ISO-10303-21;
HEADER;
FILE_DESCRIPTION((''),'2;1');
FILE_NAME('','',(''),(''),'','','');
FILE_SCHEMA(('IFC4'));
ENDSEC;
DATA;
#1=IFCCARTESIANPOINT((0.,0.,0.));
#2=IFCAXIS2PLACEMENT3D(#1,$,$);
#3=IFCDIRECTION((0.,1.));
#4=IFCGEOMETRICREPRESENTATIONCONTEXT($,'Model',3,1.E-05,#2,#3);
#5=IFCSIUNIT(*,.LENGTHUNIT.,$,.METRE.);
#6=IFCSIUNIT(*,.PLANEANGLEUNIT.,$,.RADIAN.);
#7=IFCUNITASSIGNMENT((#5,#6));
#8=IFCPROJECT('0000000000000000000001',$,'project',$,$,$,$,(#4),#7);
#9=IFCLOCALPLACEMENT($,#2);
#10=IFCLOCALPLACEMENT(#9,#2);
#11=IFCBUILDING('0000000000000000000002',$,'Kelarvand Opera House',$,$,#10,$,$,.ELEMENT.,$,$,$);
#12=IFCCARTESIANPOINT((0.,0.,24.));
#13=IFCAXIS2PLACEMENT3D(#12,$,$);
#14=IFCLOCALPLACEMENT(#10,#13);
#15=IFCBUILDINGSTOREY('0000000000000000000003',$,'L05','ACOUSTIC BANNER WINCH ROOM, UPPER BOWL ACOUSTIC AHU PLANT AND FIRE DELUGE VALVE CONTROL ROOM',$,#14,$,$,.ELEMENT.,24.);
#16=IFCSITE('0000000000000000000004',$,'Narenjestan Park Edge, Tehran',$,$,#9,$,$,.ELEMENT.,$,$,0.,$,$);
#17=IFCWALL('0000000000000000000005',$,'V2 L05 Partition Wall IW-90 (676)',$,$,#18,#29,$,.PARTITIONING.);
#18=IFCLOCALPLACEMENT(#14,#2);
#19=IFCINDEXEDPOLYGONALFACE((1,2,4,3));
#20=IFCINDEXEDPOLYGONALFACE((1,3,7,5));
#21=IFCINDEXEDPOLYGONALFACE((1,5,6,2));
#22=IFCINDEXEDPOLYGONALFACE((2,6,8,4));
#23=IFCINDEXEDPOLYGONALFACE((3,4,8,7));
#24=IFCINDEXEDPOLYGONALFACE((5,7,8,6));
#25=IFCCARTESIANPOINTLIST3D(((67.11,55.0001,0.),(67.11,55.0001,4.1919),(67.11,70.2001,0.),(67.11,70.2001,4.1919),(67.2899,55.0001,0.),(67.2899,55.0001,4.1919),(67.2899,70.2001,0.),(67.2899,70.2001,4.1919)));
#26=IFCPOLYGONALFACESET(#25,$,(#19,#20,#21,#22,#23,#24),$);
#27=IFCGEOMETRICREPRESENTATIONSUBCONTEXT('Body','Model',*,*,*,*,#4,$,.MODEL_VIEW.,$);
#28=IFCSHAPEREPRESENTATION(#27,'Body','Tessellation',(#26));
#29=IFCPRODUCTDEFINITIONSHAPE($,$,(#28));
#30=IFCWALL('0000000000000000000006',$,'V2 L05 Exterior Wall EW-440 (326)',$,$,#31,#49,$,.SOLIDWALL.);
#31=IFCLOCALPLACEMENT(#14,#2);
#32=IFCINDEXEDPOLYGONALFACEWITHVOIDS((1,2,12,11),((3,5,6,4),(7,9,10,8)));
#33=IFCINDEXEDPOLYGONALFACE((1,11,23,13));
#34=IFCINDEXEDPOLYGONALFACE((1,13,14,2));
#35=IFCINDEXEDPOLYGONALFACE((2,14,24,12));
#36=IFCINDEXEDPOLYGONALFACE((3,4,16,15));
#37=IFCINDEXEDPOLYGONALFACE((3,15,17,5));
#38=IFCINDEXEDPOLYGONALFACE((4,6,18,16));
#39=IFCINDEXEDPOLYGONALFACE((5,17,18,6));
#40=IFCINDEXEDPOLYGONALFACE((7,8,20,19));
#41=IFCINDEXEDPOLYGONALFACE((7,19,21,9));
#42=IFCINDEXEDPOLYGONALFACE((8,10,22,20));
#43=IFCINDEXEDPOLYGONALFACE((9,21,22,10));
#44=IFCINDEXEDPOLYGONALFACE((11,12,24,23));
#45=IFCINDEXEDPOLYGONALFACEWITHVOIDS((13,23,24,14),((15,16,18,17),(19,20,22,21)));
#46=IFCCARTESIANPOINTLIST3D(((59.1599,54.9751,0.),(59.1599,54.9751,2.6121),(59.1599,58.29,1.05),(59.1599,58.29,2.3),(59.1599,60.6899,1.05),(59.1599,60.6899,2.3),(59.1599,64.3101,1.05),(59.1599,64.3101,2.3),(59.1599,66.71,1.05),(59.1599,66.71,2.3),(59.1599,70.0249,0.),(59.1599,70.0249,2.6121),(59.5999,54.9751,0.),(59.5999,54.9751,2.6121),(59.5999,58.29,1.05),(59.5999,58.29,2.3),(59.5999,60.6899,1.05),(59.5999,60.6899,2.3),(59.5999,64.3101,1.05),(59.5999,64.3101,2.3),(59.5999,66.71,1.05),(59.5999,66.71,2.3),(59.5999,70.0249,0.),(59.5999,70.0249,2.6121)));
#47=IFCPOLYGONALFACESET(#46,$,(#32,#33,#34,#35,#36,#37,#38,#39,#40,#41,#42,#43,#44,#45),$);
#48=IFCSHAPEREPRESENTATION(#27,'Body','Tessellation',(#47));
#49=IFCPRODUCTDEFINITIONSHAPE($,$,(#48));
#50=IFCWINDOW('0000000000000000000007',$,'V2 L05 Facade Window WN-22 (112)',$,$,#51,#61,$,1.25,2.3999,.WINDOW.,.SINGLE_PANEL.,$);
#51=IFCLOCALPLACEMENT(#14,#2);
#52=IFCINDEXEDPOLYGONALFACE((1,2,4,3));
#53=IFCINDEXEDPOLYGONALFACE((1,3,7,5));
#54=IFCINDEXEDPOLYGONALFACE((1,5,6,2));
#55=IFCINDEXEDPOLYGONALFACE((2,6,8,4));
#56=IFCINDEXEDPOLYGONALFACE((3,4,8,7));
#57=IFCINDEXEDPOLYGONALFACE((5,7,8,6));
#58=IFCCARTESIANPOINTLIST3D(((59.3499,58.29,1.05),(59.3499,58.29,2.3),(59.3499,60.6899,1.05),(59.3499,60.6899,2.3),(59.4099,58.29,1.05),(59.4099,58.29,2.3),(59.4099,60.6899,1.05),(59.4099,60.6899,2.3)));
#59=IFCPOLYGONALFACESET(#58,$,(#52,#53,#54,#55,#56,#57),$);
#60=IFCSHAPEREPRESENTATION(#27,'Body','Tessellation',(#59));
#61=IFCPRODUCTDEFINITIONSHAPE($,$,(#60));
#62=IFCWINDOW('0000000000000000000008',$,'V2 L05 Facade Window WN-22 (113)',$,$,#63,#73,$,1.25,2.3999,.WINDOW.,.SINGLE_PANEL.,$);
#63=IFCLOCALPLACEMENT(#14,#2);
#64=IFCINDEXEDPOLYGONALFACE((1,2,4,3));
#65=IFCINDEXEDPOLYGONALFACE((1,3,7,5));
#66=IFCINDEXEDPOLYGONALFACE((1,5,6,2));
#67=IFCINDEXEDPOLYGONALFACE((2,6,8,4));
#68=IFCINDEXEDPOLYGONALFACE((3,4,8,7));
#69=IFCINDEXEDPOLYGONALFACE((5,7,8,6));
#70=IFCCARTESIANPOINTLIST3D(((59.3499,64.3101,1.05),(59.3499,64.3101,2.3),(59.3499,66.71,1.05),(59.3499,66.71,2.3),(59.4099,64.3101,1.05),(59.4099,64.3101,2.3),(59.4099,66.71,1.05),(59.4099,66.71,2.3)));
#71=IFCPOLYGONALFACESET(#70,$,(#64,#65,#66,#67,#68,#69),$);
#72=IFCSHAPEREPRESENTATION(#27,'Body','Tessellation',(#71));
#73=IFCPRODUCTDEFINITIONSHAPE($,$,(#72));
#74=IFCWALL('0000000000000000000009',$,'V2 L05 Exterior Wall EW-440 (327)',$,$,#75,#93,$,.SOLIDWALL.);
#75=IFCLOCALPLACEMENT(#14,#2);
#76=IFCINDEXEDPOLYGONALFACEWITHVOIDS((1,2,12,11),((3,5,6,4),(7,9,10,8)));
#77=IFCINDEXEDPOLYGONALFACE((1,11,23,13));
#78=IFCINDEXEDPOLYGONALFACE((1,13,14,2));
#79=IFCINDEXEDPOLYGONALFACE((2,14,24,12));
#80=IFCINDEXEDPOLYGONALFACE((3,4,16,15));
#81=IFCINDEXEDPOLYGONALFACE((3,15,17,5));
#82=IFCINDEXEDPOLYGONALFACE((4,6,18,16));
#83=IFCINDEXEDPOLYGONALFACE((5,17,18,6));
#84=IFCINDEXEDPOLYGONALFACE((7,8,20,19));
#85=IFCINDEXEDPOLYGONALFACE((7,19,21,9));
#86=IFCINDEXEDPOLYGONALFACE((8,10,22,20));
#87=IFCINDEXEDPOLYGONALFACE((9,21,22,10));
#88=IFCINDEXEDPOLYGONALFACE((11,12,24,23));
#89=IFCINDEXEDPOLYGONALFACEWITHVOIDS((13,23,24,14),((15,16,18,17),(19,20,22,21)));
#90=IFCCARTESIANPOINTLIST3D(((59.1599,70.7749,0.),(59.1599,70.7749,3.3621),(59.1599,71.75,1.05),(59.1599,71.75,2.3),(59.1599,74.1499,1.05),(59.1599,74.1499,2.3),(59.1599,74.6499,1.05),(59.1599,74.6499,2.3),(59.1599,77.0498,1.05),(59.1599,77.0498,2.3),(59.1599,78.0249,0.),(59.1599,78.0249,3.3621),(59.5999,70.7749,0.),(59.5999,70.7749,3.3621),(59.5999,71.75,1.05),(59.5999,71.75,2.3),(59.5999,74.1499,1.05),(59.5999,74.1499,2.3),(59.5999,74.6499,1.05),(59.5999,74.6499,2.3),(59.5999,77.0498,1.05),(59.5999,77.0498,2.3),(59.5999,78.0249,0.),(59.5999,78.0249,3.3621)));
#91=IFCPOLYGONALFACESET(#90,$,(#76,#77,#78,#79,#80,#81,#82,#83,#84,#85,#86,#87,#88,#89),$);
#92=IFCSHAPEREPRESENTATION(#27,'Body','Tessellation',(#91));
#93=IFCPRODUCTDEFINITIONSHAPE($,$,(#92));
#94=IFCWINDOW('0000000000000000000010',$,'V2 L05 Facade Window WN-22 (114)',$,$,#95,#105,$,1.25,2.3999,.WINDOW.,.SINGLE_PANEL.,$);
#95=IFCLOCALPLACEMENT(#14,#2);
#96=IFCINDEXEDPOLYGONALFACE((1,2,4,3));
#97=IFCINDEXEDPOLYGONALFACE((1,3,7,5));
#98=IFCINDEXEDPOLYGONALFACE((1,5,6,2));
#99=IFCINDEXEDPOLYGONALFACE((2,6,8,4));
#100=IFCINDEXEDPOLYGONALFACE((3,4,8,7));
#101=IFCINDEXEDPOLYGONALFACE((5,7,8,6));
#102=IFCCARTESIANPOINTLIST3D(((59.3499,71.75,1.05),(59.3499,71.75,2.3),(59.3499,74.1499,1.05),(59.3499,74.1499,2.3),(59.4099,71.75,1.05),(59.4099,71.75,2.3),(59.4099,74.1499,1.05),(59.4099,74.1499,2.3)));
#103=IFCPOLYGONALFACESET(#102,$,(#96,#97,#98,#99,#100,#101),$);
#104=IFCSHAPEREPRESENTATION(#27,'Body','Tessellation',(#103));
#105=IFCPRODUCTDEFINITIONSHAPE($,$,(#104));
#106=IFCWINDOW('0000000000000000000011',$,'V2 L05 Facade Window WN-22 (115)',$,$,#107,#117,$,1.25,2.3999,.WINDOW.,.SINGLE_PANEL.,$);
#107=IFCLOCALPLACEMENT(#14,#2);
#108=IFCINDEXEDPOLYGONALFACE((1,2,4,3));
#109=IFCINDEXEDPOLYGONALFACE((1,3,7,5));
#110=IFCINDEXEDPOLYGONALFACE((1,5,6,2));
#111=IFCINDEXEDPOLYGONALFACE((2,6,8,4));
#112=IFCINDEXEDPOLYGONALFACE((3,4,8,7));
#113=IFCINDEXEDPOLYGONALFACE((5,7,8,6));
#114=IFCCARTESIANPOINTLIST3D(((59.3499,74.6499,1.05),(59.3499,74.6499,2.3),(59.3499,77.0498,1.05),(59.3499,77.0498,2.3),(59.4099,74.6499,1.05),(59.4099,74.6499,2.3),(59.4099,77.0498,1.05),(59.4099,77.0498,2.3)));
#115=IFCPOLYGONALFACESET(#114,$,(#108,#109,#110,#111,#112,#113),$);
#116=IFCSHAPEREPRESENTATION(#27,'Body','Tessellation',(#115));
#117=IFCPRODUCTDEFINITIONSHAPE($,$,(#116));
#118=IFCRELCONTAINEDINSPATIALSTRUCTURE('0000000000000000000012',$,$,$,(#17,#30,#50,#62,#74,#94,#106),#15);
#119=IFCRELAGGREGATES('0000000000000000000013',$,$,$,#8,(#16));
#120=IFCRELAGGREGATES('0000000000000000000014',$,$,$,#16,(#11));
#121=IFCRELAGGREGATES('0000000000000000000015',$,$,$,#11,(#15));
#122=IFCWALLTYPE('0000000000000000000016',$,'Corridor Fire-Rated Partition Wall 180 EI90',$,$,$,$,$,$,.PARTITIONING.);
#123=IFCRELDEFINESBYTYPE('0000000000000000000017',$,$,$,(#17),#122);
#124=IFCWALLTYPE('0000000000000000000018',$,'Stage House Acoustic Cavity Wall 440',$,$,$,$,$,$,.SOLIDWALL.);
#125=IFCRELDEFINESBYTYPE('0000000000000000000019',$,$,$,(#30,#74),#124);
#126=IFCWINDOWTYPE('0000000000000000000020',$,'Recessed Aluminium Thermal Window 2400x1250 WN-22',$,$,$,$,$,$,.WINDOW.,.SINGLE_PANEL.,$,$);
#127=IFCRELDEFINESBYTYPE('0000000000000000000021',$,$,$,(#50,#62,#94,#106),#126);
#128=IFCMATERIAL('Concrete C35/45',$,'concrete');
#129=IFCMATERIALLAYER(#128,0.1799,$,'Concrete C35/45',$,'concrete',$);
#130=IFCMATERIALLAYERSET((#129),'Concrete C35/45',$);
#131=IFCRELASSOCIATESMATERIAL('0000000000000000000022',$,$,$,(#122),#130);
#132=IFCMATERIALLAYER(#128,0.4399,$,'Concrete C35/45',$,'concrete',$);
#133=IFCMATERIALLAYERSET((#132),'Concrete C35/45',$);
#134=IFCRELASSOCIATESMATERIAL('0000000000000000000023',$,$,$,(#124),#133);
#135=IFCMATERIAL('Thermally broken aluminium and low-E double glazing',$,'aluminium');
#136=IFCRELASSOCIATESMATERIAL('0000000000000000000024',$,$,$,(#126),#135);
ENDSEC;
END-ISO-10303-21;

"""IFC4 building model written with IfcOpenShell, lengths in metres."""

from ifc_helpers import new_model, si_unit, direction, frame, frame_2d, origin, place, context, subcontext, project, spatial, rectangle, extrude, material, layer, layer_set, type_object, element, fill, save


model = new_model("IFC4")

# Units and contexts
model_context = context("Model", 3, precision=1e-05, world=origin(), true_north=direction((0.0, 1.0)))
body_context = subcontext(model_context, "Body", "Model", "MODEL_VIEW")
ifc_project = project(units=[si_unit("LENGTHUNIT", "METRE"), si_unit("PLANEANGLEUNIT", "RADIAN")], contexts=[model_context])

# Site, building, storey
site_placement = place(None, origin())
site = spatial("IfcSite", under=ifc_project, at=site_placement, Name="Narenjestan Park Edge, Tehran", CompositionType="ELEMENT", RefElevation=0.0)
building_placement = place(site_placement, origin())
building = spatial("IfcBuilding", under=site, at=building_placement, Name="Kelarvand Opera House", CompositionType="ELEMENT")
storey_placement = place(building_placement, frame((0.0, 0.0, 24.0)))
storey = spatial("IfcBuildingStorey", under=building, at=storey_placement, Name="L05", Description="ACOUSTIC BANNER WINCH ROOM, UPPER BOWL ACOUSTIC AHU PLANT AND FIRE DELUGE VALVE CONTROL ROOM", CompositionType="ELEMENT", Elevation=24.0)

# Wall
ifc_material_1 = material(Name="Concrete C35/45", Category="concrete")
ifc_layer_1 = layer(ifc_material_1, 0.1799, Name="Concrete C35/45", Category="concrete")
ifc_layer_set_1 = layer_set([ifc_layer_1], Name="Concrete C35/45")
wall_type_1 = type_object("IfcWallType", Name="Corridor Fire-Rated Partition Wall 180 EI90", PredefinedType="PARTITIONING", material=ifc_layer_set_1)
wall_1_placement = place(storey_placement, frame((67.2, 55.0, 0.0), z_axis=(0.0, 0.0, 1.0), x_axis=(0.0, 1.0, 0.0)))
element("IfcWall", 1, at=wall_1_placement, inside=storey, type_object=wall_type_1, Name="V2 L05 Partition Wall IW-90 (676)", PredefinedType="PARTITIONING", context=body_context, shape_type="SweptSolid", body=[
    extrude(rectangle(XDim=15.2, YDim=0.1799, at=frame_2d((7.6001, 0.0))), origin(), (0.0, 0.0, 1.0), 4.1919),
])

# Walls, openings, windows
ifc_layer_2 = layer(ifc_material_1, 0.4399, Name="Concrete C35/45", Category="concrete")
ifc_layer_set_2 = layer_set([ifc_layer_2], Name="Concrete C35/45")
wall_type_2 = type_object("IfcWallType", Name="Stage House Acoustic Cavity Wall 440", PredefinedType="SOLIDWALL", material=ifc_layer_set_2)
wall_2_placement = place(storey_placement, frame((59.3799, 54.9751, 0.0), z_axis=(0.0, 0.0, 1.0), x_axis=(0.0, 1.0, 0.0)))
wall_2 = element("IfcWall", 2, at=wall_2_placement, inside=storey, type_object=wall_type_2, Name="V2 L05 Exterior Wall EW-440 (326)", PredefinedType="SOLIDWALL", context=body_context, shape_type="SweptSolid", body=[
    extrude(rectangle(XDim=15.0498, YDim=0.4399, at=frame_2d((7.5249, 0.0))), origin(), (0.0, 0.0, 1.0), 2.6121),
])
opening_1_placement = place(wall_2_placement, frame((3.3149, 0.0, 1.05)))
opening_1 = element("IfcOpeningElement", 3, at=opening_1_placement, cuts=wall_2, PredefinedType="OPENING", context=body_context, shape_type="SweptSolid", body=[
    extrude(rectangle(XDim=2.3999, YDim=1.25, at=frame_2d((1.2, 0.625))), frame((0.0, 0.23, 0.0), z_axis=(0.0, -1.0, 0.0), x_axis=(1.0, 0.0, 0.0)), (0.0, 0.0, 1.0), 0.46),
])
opening_2_placement = place(wall_2_placement, frame((9.335, 0.0, 1.05)))
opening_2 = element("IfcOpeningElement", 4, at=opening_2_placement, cuts=wall_2, PredefinedType="OPENING", context=body_context, shape_type="SweptSolid", body=[
    extrude(rectangle(XDim=2.3999, YDim=1.25, at=frame_2d((1.2, 0.625))), frame((0.0, 0.23, 0.0), z_axis=(0.0, -1.0, 0.0), x_axis=(1.0, 0.0, 0.0)), (0.0, 0.0, 1.0), 0.46),
])
ifc_material_2 = material(Name="Thermally broken aluminium and low-E double glazing", Category="aluminium")
window_type = type_object("IfcWindowType", Name="Recessed Aluminium Thermal Window 2400x1250 WN-22", PartitioningType="SINGLE_PANEL", PredefinedType="WINDOW", material=ifc_material_2)
window_1_placement = place(opening_1_placement, origin())
window_1 = element("IfcWindow", 5, at=window_1_placement, inside=storey, type_object=window_type, Name="V2 L05 Facade Window WN-22 (112)", OverallHeight=1.25, OverallWidth=2.3999, PartitioningType="SINGLE_PANEL", PredefinedType="WINDOW", context=body_context, shape_type="SweptSolid", body=[
    extrude(rectangle(XDim=2.3999, YDim=1.25, at=frame_2d((1.2, 0.625))), frame((0.0, 0.03, 0.0), z_axis=(0.0, -1.0, 0.0), x_axis=(1.0, 0.0, 0.0)), (0.0, 0.0, 1.0), 0.0601),
])
fill(opening_1, window_1)
window_2_placement = place(opening_2_placement, origin())
window_2 = element("IfcWindow", 6, at=window_2_placement, inside=storey, type_object=window_type, Name="V2 L05 Facade Window WN-22 (113)", OverallHeight=1.25, OverallWidth=2.3999, PartitioningType="SINGLE_PANEL", PredefinedType="WINDOW", context=body_context, shape_type="SweptSolid", body=[
    extrude(rectangle(XDim=2.3999, YDim=1.25, at=frame_2d((1.2, 0.625))), frame((0.0, 0.03, 0.0), z_axis=(0.0, -1.0, 0.0), x_axis=(1.0, 0.0, 0.0)), (0.0, 0.0, 1.0), 0.0601),
])
fill(opening_2, window_2)
wall_3_placement = place(storey_placement, frame((59.3799, 70.7749, 0.0), z_axis=(0.0, 0.0, 1.0), x_axis=(0.0, 1.0, 0.0)))
wall_3 = element("IfcWall", 7, at=wall_3_placement, inside=storey, type_object=wall_type_2, Name="V2 L05 Exterior Wall EW-440 (327)", PredefinedType="SOLIDWALL", context=body_context, shape_type="SweptSolid", body=[
    extrude(rectangle(XDim=7.25, YDim=0.4399, at=frame_2d((3.625, 0.0))), origin(), (0.0, 0.0, 1.0), 3.3621),
])
opening_3_placement = place(wall_3_placement, frame((0.9751, 0.0, 1.05)))
opening_3 = element("IfcOpeningElement", 8, at=opening_3_placement, cuts=wall_3, PredefinedType="OPENING", context=body_context, shape_type="SweptSolid", body=[
    extrude(rectangle(XDim=2.3999, YDim=1.25, at=frame_2d((1.2, 0.625))), frame((0.0, 0.23, 0.0), z_axis=(0.0, -1.0, 0.0), x_axis=(1.0, 0.0, 0.0)), (0.0, 0.0, 1.0), 0.46),
])
opening_4_placement = place(wall_3_placement, frame((3.875, 0.0, 1.05)))
opening_4 = element("IfcOpeningElement", 9, at=opening_4_placement, cuts=wall_3, PredefinedType="OPENING", context=body_context, shape_type="SweptSolid", body=[
    extrude(rectangle(XDim=2.3999, YDim=1.25, at=frame_2d((1.2, 0.625))), frame((0.0, 0.23, 0.0), z_axis=(0.0, -1.0, 0.0), x_axis=(1.0, 0.0, 0.0)), (0.0, 0.0, 1.0), 0.46),
])
window_3_placement = place(opening_3_placement, origin())
window_3 = element("IfcWindow", 10, at=window_3_placement, inside=storey, type_object=window_type, Name="V2 L05 Facade Window WN-22 (114)", OverallHeight=1.25, OverallWidth=2.3999, PartitioningType="SINGLE_PANEL", PredefinedType="WINDOW", context=body_context, shape_type="SweptSolid", body=[
    extrude(rectangle(XDim=2.3999, YDim=1.25, at=frame_2d((1.2, 0.625))), frame((0.0, 0.03, 0.0), z_axis=(0.0, -1.0, 0.0), x_axis=(1.0, 0.0, 0.0)), (0.0, 0.0, 1.0), 0.0601),
])
fill(opening_3, window_3)
window_4_placement = place(opening_4_placement, origin())
window_4 = element("IfcWindow", 11, at=window_4_placement, inside=storey, type_object=window_type, Name="V2 L05 Facade Window WN-22 (115)", OverallHeight=1.25, OverallWidth=2.3999, PartitioningType="SINGLE_PANEL", PredefinedType="WINDOW", context=body_context, shape_type="SweptSolid", body=[
    extrude(rectangle(XDim=2.3999, YDim=1.25, at=frame_2d((1.2, 0.625))), frame((0.0, 0.03, 0.0), z_axis=(0.0, -1.0, 0.0), x_axis=(1.0, 0.0, 0.0)), (0.0, 0.0, 1.0), 0.0601),
])
fill(opening_4, window_4)

save(model, "model.ifc")
